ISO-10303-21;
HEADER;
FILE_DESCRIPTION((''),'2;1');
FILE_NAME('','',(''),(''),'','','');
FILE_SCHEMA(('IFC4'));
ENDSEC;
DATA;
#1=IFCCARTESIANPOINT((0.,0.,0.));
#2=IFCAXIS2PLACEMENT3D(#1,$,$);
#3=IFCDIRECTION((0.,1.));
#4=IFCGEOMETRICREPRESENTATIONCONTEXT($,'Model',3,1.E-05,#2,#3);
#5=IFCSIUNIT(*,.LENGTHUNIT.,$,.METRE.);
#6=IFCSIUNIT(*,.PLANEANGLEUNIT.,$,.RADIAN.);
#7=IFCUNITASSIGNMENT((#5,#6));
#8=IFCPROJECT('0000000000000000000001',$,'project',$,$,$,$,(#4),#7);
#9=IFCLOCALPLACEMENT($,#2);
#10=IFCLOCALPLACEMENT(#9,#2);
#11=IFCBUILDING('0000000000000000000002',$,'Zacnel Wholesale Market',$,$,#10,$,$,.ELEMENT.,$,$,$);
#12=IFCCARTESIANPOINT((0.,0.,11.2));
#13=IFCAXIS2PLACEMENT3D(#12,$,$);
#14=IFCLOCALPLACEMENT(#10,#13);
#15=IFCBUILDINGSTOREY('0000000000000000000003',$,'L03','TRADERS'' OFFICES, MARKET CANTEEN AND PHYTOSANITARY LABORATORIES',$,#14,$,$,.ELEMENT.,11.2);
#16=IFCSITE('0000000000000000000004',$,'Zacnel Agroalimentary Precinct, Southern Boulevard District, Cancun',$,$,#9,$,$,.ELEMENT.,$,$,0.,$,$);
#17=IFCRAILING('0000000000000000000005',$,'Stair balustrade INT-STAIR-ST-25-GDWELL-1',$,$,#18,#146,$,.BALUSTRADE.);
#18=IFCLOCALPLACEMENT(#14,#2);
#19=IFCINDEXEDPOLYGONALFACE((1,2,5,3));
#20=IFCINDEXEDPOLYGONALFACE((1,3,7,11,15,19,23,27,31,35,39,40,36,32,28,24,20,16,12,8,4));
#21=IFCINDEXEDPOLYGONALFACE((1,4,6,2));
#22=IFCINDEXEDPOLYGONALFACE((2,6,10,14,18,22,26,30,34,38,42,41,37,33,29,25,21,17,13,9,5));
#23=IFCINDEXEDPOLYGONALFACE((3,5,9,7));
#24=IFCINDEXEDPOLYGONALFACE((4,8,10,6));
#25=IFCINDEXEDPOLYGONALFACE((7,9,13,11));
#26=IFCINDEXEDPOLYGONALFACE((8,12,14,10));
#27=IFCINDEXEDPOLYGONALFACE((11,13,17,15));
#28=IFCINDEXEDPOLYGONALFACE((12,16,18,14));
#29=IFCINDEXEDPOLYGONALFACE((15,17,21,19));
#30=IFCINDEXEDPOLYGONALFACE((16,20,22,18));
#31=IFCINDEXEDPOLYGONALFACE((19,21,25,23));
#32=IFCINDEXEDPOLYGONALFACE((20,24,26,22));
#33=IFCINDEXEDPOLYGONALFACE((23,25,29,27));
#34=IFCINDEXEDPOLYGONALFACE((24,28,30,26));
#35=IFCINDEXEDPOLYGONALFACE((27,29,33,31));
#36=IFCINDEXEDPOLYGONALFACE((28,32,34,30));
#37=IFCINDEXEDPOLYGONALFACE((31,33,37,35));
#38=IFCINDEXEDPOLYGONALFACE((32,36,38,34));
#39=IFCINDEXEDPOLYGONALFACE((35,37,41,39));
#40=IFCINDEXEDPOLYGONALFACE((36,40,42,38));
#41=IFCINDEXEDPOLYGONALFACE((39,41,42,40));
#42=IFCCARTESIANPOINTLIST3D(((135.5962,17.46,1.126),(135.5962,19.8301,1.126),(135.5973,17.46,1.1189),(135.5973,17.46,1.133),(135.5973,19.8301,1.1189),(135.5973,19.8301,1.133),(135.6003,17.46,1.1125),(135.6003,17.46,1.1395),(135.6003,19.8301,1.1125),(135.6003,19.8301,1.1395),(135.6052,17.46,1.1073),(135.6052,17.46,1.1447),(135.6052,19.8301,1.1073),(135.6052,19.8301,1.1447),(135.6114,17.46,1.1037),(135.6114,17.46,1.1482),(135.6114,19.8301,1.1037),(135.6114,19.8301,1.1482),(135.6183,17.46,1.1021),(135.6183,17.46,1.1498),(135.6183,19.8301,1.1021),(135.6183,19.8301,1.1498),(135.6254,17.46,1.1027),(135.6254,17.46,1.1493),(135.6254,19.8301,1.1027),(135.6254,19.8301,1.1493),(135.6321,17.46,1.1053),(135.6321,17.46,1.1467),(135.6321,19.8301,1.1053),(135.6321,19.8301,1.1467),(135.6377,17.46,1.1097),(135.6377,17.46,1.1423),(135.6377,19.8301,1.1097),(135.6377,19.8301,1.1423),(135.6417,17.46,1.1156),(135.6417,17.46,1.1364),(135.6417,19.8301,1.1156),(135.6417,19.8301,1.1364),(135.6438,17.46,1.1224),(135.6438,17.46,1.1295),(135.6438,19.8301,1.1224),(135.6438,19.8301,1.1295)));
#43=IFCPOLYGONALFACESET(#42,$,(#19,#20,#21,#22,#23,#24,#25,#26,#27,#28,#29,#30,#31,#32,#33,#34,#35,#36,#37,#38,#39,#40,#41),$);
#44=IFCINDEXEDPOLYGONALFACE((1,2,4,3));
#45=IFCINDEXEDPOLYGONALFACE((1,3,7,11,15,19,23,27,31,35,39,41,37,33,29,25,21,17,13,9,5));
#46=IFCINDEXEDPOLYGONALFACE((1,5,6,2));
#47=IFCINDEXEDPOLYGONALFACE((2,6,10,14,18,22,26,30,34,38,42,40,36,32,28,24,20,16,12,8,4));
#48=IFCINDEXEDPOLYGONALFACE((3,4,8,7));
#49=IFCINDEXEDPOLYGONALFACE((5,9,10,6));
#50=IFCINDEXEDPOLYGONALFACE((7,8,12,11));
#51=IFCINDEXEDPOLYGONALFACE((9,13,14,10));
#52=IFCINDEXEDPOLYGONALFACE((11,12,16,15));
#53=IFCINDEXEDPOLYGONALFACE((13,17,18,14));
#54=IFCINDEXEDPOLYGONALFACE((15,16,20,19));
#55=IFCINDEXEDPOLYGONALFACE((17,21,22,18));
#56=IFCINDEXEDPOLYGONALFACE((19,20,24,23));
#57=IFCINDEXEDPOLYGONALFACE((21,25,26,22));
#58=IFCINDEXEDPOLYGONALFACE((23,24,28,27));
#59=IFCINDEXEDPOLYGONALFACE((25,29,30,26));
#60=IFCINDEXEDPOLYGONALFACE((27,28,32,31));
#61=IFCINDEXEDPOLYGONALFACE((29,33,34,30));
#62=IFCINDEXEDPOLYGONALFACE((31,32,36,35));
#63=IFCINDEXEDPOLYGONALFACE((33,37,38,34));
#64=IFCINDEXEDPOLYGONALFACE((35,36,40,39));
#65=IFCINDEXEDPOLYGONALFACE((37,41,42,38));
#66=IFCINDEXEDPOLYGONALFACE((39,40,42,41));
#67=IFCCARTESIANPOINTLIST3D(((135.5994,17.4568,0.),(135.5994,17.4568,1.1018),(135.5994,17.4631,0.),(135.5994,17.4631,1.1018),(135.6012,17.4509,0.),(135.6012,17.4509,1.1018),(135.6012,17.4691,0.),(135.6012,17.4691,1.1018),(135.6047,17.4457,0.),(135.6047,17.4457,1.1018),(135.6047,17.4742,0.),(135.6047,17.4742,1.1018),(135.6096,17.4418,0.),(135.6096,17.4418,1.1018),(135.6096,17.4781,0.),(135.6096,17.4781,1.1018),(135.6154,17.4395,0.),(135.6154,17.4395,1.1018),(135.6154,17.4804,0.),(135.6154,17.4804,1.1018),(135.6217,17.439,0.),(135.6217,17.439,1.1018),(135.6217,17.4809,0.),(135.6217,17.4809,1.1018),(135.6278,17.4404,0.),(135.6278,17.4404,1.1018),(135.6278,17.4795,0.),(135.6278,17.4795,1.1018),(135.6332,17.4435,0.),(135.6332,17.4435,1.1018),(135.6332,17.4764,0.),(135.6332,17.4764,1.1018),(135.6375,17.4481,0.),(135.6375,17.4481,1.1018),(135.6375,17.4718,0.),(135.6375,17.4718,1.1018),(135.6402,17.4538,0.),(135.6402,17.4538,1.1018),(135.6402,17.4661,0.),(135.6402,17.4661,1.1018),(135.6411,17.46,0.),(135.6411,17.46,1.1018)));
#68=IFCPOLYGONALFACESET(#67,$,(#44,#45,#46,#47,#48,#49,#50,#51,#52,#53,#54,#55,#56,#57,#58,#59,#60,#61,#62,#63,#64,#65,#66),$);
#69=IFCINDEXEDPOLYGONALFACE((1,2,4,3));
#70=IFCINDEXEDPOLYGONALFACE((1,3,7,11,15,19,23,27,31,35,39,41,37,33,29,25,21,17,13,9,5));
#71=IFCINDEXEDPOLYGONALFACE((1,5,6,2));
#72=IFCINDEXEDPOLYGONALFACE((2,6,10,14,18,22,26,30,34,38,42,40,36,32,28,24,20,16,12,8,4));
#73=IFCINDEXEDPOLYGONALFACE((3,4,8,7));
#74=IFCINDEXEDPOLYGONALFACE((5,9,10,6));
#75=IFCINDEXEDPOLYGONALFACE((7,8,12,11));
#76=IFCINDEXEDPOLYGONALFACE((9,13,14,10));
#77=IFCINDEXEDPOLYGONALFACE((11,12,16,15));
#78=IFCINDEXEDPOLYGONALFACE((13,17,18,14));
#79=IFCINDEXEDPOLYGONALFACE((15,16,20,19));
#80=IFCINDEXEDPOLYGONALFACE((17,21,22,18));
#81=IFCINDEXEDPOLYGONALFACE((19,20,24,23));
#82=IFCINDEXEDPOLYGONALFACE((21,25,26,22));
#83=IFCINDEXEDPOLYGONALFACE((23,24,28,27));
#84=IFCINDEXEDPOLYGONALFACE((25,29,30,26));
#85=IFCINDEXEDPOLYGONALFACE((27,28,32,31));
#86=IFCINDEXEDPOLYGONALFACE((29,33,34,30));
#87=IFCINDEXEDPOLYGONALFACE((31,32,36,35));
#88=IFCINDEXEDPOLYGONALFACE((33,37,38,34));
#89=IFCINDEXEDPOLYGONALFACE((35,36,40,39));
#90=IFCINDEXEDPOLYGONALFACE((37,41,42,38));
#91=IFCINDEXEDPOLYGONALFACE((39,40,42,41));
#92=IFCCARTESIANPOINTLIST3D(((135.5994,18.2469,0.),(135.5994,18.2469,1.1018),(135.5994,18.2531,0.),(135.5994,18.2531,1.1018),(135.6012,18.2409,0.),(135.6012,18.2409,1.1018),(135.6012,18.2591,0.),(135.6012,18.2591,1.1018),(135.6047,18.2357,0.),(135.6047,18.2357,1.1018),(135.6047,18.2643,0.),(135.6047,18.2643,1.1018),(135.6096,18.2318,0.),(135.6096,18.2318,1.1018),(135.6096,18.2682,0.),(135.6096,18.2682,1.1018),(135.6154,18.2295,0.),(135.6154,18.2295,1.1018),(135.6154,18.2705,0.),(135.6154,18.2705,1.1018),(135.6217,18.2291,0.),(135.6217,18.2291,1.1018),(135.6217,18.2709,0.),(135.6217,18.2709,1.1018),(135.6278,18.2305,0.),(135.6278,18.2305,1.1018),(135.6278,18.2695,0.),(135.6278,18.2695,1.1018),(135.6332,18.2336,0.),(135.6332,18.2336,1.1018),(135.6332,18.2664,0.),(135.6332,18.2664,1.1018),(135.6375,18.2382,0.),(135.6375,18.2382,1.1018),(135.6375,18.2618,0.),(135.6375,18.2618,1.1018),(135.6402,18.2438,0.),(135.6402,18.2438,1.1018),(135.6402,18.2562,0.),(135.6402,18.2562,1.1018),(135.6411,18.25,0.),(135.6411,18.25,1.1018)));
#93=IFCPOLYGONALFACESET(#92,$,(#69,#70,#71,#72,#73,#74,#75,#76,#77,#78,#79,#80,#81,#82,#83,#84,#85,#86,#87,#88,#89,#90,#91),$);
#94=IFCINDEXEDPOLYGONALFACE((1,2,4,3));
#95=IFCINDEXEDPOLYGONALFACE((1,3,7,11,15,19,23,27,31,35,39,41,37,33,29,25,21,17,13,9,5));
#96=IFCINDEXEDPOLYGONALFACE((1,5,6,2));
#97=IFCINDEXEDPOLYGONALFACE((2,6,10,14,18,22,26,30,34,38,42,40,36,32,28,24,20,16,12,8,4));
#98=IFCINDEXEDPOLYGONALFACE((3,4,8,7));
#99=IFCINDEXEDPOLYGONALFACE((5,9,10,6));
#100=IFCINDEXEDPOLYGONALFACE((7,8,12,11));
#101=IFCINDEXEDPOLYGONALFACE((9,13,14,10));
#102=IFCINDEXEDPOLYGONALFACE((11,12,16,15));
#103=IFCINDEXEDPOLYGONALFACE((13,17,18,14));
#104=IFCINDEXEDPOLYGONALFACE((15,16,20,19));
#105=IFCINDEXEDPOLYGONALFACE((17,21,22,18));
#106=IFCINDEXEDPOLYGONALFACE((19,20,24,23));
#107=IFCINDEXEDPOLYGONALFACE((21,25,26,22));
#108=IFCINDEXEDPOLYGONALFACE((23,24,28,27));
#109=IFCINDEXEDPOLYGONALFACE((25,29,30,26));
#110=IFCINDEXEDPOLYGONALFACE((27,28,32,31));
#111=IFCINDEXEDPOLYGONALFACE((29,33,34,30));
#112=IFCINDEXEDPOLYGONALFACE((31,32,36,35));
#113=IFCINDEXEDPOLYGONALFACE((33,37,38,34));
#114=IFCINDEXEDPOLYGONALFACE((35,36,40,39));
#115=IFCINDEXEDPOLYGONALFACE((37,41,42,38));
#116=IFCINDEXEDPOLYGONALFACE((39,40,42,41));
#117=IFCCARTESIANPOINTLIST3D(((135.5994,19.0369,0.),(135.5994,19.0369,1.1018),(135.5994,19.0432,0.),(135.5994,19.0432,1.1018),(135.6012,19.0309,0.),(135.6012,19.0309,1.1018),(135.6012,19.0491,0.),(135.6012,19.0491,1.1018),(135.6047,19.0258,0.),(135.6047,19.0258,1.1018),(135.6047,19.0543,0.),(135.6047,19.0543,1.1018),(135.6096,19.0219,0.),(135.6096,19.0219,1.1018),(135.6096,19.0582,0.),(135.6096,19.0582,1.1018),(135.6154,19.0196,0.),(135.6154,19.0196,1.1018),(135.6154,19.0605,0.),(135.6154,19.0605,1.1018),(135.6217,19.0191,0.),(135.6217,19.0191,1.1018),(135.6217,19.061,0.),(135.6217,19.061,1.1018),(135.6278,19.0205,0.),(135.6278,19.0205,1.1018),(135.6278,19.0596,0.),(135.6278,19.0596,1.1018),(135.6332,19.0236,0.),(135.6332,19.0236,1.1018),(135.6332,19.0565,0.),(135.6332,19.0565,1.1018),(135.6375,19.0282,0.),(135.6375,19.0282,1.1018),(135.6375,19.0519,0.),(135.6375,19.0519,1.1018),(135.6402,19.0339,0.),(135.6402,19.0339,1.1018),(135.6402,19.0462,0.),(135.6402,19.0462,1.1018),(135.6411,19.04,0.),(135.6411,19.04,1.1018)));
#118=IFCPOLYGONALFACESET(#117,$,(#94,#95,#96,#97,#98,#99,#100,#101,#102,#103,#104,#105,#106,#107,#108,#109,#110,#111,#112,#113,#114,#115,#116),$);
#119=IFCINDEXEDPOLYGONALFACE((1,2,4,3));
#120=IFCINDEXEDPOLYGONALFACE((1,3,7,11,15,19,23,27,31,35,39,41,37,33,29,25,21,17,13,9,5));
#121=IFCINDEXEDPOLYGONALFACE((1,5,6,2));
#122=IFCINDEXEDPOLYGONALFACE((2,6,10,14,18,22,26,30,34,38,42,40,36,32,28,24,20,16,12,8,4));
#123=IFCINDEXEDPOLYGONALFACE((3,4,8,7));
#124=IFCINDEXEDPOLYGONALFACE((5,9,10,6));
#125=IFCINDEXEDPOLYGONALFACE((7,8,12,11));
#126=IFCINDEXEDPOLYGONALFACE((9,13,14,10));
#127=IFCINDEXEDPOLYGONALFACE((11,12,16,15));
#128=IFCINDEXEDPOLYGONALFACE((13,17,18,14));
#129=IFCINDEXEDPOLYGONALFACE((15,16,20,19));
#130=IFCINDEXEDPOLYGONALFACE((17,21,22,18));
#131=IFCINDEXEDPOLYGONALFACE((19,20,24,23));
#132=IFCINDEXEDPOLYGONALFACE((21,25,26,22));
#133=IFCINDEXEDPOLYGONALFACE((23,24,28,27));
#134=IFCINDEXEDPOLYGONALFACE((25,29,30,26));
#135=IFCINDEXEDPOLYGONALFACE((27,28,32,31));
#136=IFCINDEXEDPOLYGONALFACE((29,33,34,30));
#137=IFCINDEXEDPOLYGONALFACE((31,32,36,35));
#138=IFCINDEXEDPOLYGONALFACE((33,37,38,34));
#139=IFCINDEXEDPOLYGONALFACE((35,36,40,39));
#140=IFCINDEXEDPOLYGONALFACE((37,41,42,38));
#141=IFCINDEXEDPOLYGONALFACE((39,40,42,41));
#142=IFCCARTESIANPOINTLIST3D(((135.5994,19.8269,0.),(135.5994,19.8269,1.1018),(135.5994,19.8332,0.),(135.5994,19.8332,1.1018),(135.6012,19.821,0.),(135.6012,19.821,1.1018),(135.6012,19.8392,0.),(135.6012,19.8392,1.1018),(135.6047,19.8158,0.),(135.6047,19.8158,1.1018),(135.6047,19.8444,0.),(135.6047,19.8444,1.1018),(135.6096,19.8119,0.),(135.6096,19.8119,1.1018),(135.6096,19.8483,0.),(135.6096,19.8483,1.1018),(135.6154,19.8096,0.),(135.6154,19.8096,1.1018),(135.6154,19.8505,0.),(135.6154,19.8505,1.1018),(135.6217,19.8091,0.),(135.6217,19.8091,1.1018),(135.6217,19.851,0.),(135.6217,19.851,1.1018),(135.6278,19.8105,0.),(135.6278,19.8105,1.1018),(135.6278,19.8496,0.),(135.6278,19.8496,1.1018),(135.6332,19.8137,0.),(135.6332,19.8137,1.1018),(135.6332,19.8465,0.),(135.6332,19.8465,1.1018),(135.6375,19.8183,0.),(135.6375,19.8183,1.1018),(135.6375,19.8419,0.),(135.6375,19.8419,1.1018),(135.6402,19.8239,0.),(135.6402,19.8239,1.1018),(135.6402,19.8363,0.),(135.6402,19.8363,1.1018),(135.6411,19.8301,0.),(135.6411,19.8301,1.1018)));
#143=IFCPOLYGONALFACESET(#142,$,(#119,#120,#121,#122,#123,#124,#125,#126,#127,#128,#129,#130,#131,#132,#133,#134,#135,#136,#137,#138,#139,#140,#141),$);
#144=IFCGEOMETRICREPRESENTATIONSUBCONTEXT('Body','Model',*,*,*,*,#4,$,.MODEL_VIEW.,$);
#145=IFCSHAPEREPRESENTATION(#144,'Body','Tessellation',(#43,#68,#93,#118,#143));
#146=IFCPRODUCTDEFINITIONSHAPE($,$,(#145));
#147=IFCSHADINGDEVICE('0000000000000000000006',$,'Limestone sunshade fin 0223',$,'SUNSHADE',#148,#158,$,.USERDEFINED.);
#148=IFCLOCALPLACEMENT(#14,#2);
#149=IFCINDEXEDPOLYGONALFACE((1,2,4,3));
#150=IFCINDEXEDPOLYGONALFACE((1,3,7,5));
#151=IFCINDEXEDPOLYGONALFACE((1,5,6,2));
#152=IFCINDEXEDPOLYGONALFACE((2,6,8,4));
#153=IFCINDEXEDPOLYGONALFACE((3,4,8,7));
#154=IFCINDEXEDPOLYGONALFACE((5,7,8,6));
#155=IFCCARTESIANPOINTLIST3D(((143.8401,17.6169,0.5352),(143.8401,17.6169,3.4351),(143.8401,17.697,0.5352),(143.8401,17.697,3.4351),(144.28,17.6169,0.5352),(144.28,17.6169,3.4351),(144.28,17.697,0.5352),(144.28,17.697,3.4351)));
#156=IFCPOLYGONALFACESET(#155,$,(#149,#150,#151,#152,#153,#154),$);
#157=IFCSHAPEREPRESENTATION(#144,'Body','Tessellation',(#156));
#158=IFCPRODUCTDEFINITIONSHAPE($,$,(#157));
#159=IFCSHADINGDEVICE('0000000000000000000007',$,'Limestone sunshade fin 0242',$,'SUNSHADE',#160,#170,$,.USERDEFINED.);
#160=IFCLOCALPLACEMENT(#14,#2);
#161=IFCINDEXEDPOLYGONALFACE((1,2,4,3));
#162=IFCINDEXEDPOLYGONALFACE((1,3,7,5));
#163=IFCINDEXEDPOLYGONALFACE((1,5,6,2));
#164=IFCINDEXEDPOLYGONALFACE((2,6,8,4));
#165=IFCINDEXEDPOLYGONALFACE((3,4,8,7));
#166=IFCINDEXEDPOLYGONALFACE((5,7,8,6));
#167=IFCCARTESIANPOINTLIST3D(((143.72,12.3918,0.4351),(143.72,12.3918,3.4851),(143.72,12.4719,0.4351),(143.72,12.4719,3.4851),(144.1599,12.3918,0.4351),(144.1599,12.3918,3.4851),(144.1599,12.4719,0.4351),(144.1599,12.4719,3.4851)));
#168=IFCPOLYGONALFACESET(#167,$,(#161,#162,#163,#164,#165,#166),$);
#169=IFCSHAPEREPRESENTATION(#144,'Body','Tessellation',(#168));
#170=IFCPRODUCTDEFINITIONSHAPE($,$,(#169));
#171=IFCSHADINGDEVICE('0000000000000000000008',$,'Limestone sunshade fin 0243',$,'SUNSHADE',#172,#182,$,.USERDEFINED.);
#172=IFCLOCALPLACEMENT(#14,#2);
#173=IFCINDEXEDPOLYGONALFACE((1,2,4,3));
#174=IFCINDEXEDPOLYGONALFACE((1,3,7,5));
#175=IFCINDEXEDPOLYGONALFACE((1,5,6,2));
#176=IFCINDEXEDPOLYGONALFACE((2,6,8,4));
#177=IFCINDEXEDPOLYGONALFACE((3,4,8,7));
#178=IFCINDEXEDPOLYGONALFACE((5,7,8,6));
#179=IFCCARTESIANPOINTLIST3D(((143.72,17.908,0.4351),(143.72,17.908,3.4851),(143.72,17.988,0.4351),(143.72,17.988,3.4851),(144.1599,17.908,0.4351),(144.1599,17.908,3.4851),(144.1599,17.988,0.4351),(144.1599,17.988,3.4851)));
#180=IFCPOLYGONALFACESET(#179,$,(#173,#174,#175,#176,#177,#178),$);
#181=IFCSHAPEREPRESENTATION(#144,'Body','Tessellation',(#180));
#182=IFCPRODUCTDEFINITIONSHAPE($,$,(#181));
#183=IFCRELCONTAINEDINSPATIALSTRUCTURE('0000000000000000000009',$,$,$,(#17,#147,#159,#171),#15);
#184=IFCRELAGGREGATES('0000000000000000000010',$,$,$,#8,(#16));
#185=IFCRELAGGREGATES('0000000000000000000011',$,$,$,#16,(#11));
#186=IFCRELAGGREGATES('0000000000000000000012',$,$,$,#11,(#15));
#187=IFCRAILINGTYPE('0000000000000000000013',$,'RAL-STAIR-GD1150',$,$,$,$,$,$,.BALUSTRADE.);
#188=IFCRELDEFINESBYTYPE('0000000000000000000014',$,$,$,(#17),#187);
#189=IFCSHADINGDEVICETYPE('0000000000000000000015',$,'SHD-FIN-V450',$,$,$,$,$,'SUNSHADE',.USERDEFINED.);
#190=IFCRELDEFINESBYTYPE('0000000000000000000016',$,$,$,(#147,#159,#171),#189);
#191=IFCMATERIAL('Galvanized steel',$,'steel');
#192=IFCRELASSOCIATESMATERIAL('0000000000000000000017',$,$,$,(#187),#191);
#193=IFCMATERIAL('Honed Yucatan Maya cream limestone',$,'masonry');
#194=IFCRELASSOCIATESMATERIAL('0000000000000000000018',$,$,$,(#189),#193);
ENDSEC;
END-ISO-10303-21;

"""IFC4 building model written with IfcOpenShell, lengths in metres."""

from ifc_helpers import new_model, si_unit, direction, frame, origin, origin_2d, place, context, subcontext, project, spatial, rectangle, circle, extrude, material, type_object, element, save


model = new_model("IFC4")

# Units and contexts
model_context = context("Model", 3, precision=1e-05, world=origin(), true_north=direction((0.0, 1.0)))
body_context = subcontext(model_context, "Body", "Model", "MODEL_VIEW")
ifc_project = project(units=[si_unit("LENGTHUNIT", "METRE"), si_unit("PLANEANGLEUNIT", "RADIAN")], contexts=[model_context])

# Site, building, storey
site_placement = place(None, origin())
site = spatial("IfcSite", under=ifc_project, at=site_placement, Name="Zacnel Agroalimentary Precinct, Southern Boulevard District, Cancun", CompositionType="ELEMENT", RefElevation=0.0)
building_placement = place(site_placement, origin())
building = spatial("IfcBuilding", under=site, at=building_placement, Name="Zacnel Wholesale Market", CompositionType="ELEMENT")
storey_placement = place(building_placement, frame((0.0, 0.0, 11.2)))
storey = spatial("IfcBuildingStorey", under=building, at=storey_placement, Name="L03", Description="TRADERS' OFFICES, MARKET CANTEEN AND PHYTOSANITARY LABORATORIES", CompositionType="ELEMENT", Elevation=11.2)

# Railing
ifc_material_1 = material(Name="Galvanized steel", Category="steel")
railing_type = type_object("IfcRailingType", Name="RAL-STAIR-GD1150", PredefinedType="BALUSTRADE", material=ifc_material_1)
railing_1_placement = place(storey_placement, frame((135.6201, 17.46, 0.0)))
element("IfcRailing", 1, at=railing_1_placement, inside=storey, type_object=railing_type, Name="Stair balustrade INT-STAIR-ST-25-GDWELL-1", PredefinedType="BALUSTRADE", context=body_context, shape_type="SweptSolid", body=[
    extrude(circle(Radius=0.0239, at=origin_2d()), frame((0.0, 0.0, 1.126), z_axis=(0.0, 1.0, 0.0), x_axis=(-1.0, 0.0, 0.0)), (0.0, 0.0, 1.0), 2.3701),
    extrude(circle(Radius=0.021, at=origin_2d()), origin(), (0.0, 0.0, 1.0), 1.1018),
    extrude(circle(Radius=0.021, at=origin_2d()), frame((0.0, 0.79, 0.0)), (0.0, 0.0, 1.0), 1.1018),
    extrude(circle(Radius=0.021, at=origin_2d()), frame((0.0, 1.5801, 0.0)), (0.0, 0.0, 1.0), 1.1018),
    extrude(circle(Radius=0.021, at=origin_2d()), frame((0.0, 2.3701, 0.0)), (0.0, 0.0, 1.0), 1.1018),
])

# Shading devices
ifc_material_2 = material(Name="Honed Yucatan Maya cream limestone", Category="masonry")
shading_device_type = type_object("IfcShadingDeviceType", Name="SHD-FIN-V450", ElementType="SUNSHADE", PredefinedType="USERDEFINED", material=ifc_material_2)
shading_device_placement = place(storey_placement, frame((144.0601, 17.657, 0.5352), z_axis=(0.0, 0.0, 1.0), x_axis=(0.0, 1.0, 0.0)))
element("IfcShadingDevice", 2, at=shading_device_placement, inside=storey, type_object=shading_device_type, Name="Limestone sunshade fin 0223", ObjectType="SUNSHADE", PredefinedType="USERDEFINED", context=body_context, shape_type="SweptSolid", body=[
    extrude(rectangle(XDim=0.0801, YDim=0.4399, at=origin_2d()), origin(), (0.0, 0.0, 1.0), 2.8999),
])
for number, where, z_axis, x_axis, name in (
    (3, (143.9399, 12.4319, 0.4351), (0.0, 0.0, 1.0), (0.0, 1.0, 0.0), "Limestone sunshade fin 0242"),
    (4, (143.9399, 17.948, 0.4351), (0.0, 0.0, 1.0), (0.0, 1.0, 0.0), "Limestone sunshade fin 0243"),
):
    element("IfcShadingDevice", number, at=place(storey_placement, frame(where, z_axis=z_axis, x_axis=x_axis)), inside=storey, type_object=shading_device_type, Name=name, ObjectType="SUNSHADE", PredefinedType="USERDEFINED", context=body_context, shape_type="SweptSolid", body=[
        extrude(rectangle(XDim=0.0801, YDim=0.4399, at=origin_2d()), origin(), (0.0, 0.0, 1.0), 3.05),
    ])

save(model, "model.ifc")
